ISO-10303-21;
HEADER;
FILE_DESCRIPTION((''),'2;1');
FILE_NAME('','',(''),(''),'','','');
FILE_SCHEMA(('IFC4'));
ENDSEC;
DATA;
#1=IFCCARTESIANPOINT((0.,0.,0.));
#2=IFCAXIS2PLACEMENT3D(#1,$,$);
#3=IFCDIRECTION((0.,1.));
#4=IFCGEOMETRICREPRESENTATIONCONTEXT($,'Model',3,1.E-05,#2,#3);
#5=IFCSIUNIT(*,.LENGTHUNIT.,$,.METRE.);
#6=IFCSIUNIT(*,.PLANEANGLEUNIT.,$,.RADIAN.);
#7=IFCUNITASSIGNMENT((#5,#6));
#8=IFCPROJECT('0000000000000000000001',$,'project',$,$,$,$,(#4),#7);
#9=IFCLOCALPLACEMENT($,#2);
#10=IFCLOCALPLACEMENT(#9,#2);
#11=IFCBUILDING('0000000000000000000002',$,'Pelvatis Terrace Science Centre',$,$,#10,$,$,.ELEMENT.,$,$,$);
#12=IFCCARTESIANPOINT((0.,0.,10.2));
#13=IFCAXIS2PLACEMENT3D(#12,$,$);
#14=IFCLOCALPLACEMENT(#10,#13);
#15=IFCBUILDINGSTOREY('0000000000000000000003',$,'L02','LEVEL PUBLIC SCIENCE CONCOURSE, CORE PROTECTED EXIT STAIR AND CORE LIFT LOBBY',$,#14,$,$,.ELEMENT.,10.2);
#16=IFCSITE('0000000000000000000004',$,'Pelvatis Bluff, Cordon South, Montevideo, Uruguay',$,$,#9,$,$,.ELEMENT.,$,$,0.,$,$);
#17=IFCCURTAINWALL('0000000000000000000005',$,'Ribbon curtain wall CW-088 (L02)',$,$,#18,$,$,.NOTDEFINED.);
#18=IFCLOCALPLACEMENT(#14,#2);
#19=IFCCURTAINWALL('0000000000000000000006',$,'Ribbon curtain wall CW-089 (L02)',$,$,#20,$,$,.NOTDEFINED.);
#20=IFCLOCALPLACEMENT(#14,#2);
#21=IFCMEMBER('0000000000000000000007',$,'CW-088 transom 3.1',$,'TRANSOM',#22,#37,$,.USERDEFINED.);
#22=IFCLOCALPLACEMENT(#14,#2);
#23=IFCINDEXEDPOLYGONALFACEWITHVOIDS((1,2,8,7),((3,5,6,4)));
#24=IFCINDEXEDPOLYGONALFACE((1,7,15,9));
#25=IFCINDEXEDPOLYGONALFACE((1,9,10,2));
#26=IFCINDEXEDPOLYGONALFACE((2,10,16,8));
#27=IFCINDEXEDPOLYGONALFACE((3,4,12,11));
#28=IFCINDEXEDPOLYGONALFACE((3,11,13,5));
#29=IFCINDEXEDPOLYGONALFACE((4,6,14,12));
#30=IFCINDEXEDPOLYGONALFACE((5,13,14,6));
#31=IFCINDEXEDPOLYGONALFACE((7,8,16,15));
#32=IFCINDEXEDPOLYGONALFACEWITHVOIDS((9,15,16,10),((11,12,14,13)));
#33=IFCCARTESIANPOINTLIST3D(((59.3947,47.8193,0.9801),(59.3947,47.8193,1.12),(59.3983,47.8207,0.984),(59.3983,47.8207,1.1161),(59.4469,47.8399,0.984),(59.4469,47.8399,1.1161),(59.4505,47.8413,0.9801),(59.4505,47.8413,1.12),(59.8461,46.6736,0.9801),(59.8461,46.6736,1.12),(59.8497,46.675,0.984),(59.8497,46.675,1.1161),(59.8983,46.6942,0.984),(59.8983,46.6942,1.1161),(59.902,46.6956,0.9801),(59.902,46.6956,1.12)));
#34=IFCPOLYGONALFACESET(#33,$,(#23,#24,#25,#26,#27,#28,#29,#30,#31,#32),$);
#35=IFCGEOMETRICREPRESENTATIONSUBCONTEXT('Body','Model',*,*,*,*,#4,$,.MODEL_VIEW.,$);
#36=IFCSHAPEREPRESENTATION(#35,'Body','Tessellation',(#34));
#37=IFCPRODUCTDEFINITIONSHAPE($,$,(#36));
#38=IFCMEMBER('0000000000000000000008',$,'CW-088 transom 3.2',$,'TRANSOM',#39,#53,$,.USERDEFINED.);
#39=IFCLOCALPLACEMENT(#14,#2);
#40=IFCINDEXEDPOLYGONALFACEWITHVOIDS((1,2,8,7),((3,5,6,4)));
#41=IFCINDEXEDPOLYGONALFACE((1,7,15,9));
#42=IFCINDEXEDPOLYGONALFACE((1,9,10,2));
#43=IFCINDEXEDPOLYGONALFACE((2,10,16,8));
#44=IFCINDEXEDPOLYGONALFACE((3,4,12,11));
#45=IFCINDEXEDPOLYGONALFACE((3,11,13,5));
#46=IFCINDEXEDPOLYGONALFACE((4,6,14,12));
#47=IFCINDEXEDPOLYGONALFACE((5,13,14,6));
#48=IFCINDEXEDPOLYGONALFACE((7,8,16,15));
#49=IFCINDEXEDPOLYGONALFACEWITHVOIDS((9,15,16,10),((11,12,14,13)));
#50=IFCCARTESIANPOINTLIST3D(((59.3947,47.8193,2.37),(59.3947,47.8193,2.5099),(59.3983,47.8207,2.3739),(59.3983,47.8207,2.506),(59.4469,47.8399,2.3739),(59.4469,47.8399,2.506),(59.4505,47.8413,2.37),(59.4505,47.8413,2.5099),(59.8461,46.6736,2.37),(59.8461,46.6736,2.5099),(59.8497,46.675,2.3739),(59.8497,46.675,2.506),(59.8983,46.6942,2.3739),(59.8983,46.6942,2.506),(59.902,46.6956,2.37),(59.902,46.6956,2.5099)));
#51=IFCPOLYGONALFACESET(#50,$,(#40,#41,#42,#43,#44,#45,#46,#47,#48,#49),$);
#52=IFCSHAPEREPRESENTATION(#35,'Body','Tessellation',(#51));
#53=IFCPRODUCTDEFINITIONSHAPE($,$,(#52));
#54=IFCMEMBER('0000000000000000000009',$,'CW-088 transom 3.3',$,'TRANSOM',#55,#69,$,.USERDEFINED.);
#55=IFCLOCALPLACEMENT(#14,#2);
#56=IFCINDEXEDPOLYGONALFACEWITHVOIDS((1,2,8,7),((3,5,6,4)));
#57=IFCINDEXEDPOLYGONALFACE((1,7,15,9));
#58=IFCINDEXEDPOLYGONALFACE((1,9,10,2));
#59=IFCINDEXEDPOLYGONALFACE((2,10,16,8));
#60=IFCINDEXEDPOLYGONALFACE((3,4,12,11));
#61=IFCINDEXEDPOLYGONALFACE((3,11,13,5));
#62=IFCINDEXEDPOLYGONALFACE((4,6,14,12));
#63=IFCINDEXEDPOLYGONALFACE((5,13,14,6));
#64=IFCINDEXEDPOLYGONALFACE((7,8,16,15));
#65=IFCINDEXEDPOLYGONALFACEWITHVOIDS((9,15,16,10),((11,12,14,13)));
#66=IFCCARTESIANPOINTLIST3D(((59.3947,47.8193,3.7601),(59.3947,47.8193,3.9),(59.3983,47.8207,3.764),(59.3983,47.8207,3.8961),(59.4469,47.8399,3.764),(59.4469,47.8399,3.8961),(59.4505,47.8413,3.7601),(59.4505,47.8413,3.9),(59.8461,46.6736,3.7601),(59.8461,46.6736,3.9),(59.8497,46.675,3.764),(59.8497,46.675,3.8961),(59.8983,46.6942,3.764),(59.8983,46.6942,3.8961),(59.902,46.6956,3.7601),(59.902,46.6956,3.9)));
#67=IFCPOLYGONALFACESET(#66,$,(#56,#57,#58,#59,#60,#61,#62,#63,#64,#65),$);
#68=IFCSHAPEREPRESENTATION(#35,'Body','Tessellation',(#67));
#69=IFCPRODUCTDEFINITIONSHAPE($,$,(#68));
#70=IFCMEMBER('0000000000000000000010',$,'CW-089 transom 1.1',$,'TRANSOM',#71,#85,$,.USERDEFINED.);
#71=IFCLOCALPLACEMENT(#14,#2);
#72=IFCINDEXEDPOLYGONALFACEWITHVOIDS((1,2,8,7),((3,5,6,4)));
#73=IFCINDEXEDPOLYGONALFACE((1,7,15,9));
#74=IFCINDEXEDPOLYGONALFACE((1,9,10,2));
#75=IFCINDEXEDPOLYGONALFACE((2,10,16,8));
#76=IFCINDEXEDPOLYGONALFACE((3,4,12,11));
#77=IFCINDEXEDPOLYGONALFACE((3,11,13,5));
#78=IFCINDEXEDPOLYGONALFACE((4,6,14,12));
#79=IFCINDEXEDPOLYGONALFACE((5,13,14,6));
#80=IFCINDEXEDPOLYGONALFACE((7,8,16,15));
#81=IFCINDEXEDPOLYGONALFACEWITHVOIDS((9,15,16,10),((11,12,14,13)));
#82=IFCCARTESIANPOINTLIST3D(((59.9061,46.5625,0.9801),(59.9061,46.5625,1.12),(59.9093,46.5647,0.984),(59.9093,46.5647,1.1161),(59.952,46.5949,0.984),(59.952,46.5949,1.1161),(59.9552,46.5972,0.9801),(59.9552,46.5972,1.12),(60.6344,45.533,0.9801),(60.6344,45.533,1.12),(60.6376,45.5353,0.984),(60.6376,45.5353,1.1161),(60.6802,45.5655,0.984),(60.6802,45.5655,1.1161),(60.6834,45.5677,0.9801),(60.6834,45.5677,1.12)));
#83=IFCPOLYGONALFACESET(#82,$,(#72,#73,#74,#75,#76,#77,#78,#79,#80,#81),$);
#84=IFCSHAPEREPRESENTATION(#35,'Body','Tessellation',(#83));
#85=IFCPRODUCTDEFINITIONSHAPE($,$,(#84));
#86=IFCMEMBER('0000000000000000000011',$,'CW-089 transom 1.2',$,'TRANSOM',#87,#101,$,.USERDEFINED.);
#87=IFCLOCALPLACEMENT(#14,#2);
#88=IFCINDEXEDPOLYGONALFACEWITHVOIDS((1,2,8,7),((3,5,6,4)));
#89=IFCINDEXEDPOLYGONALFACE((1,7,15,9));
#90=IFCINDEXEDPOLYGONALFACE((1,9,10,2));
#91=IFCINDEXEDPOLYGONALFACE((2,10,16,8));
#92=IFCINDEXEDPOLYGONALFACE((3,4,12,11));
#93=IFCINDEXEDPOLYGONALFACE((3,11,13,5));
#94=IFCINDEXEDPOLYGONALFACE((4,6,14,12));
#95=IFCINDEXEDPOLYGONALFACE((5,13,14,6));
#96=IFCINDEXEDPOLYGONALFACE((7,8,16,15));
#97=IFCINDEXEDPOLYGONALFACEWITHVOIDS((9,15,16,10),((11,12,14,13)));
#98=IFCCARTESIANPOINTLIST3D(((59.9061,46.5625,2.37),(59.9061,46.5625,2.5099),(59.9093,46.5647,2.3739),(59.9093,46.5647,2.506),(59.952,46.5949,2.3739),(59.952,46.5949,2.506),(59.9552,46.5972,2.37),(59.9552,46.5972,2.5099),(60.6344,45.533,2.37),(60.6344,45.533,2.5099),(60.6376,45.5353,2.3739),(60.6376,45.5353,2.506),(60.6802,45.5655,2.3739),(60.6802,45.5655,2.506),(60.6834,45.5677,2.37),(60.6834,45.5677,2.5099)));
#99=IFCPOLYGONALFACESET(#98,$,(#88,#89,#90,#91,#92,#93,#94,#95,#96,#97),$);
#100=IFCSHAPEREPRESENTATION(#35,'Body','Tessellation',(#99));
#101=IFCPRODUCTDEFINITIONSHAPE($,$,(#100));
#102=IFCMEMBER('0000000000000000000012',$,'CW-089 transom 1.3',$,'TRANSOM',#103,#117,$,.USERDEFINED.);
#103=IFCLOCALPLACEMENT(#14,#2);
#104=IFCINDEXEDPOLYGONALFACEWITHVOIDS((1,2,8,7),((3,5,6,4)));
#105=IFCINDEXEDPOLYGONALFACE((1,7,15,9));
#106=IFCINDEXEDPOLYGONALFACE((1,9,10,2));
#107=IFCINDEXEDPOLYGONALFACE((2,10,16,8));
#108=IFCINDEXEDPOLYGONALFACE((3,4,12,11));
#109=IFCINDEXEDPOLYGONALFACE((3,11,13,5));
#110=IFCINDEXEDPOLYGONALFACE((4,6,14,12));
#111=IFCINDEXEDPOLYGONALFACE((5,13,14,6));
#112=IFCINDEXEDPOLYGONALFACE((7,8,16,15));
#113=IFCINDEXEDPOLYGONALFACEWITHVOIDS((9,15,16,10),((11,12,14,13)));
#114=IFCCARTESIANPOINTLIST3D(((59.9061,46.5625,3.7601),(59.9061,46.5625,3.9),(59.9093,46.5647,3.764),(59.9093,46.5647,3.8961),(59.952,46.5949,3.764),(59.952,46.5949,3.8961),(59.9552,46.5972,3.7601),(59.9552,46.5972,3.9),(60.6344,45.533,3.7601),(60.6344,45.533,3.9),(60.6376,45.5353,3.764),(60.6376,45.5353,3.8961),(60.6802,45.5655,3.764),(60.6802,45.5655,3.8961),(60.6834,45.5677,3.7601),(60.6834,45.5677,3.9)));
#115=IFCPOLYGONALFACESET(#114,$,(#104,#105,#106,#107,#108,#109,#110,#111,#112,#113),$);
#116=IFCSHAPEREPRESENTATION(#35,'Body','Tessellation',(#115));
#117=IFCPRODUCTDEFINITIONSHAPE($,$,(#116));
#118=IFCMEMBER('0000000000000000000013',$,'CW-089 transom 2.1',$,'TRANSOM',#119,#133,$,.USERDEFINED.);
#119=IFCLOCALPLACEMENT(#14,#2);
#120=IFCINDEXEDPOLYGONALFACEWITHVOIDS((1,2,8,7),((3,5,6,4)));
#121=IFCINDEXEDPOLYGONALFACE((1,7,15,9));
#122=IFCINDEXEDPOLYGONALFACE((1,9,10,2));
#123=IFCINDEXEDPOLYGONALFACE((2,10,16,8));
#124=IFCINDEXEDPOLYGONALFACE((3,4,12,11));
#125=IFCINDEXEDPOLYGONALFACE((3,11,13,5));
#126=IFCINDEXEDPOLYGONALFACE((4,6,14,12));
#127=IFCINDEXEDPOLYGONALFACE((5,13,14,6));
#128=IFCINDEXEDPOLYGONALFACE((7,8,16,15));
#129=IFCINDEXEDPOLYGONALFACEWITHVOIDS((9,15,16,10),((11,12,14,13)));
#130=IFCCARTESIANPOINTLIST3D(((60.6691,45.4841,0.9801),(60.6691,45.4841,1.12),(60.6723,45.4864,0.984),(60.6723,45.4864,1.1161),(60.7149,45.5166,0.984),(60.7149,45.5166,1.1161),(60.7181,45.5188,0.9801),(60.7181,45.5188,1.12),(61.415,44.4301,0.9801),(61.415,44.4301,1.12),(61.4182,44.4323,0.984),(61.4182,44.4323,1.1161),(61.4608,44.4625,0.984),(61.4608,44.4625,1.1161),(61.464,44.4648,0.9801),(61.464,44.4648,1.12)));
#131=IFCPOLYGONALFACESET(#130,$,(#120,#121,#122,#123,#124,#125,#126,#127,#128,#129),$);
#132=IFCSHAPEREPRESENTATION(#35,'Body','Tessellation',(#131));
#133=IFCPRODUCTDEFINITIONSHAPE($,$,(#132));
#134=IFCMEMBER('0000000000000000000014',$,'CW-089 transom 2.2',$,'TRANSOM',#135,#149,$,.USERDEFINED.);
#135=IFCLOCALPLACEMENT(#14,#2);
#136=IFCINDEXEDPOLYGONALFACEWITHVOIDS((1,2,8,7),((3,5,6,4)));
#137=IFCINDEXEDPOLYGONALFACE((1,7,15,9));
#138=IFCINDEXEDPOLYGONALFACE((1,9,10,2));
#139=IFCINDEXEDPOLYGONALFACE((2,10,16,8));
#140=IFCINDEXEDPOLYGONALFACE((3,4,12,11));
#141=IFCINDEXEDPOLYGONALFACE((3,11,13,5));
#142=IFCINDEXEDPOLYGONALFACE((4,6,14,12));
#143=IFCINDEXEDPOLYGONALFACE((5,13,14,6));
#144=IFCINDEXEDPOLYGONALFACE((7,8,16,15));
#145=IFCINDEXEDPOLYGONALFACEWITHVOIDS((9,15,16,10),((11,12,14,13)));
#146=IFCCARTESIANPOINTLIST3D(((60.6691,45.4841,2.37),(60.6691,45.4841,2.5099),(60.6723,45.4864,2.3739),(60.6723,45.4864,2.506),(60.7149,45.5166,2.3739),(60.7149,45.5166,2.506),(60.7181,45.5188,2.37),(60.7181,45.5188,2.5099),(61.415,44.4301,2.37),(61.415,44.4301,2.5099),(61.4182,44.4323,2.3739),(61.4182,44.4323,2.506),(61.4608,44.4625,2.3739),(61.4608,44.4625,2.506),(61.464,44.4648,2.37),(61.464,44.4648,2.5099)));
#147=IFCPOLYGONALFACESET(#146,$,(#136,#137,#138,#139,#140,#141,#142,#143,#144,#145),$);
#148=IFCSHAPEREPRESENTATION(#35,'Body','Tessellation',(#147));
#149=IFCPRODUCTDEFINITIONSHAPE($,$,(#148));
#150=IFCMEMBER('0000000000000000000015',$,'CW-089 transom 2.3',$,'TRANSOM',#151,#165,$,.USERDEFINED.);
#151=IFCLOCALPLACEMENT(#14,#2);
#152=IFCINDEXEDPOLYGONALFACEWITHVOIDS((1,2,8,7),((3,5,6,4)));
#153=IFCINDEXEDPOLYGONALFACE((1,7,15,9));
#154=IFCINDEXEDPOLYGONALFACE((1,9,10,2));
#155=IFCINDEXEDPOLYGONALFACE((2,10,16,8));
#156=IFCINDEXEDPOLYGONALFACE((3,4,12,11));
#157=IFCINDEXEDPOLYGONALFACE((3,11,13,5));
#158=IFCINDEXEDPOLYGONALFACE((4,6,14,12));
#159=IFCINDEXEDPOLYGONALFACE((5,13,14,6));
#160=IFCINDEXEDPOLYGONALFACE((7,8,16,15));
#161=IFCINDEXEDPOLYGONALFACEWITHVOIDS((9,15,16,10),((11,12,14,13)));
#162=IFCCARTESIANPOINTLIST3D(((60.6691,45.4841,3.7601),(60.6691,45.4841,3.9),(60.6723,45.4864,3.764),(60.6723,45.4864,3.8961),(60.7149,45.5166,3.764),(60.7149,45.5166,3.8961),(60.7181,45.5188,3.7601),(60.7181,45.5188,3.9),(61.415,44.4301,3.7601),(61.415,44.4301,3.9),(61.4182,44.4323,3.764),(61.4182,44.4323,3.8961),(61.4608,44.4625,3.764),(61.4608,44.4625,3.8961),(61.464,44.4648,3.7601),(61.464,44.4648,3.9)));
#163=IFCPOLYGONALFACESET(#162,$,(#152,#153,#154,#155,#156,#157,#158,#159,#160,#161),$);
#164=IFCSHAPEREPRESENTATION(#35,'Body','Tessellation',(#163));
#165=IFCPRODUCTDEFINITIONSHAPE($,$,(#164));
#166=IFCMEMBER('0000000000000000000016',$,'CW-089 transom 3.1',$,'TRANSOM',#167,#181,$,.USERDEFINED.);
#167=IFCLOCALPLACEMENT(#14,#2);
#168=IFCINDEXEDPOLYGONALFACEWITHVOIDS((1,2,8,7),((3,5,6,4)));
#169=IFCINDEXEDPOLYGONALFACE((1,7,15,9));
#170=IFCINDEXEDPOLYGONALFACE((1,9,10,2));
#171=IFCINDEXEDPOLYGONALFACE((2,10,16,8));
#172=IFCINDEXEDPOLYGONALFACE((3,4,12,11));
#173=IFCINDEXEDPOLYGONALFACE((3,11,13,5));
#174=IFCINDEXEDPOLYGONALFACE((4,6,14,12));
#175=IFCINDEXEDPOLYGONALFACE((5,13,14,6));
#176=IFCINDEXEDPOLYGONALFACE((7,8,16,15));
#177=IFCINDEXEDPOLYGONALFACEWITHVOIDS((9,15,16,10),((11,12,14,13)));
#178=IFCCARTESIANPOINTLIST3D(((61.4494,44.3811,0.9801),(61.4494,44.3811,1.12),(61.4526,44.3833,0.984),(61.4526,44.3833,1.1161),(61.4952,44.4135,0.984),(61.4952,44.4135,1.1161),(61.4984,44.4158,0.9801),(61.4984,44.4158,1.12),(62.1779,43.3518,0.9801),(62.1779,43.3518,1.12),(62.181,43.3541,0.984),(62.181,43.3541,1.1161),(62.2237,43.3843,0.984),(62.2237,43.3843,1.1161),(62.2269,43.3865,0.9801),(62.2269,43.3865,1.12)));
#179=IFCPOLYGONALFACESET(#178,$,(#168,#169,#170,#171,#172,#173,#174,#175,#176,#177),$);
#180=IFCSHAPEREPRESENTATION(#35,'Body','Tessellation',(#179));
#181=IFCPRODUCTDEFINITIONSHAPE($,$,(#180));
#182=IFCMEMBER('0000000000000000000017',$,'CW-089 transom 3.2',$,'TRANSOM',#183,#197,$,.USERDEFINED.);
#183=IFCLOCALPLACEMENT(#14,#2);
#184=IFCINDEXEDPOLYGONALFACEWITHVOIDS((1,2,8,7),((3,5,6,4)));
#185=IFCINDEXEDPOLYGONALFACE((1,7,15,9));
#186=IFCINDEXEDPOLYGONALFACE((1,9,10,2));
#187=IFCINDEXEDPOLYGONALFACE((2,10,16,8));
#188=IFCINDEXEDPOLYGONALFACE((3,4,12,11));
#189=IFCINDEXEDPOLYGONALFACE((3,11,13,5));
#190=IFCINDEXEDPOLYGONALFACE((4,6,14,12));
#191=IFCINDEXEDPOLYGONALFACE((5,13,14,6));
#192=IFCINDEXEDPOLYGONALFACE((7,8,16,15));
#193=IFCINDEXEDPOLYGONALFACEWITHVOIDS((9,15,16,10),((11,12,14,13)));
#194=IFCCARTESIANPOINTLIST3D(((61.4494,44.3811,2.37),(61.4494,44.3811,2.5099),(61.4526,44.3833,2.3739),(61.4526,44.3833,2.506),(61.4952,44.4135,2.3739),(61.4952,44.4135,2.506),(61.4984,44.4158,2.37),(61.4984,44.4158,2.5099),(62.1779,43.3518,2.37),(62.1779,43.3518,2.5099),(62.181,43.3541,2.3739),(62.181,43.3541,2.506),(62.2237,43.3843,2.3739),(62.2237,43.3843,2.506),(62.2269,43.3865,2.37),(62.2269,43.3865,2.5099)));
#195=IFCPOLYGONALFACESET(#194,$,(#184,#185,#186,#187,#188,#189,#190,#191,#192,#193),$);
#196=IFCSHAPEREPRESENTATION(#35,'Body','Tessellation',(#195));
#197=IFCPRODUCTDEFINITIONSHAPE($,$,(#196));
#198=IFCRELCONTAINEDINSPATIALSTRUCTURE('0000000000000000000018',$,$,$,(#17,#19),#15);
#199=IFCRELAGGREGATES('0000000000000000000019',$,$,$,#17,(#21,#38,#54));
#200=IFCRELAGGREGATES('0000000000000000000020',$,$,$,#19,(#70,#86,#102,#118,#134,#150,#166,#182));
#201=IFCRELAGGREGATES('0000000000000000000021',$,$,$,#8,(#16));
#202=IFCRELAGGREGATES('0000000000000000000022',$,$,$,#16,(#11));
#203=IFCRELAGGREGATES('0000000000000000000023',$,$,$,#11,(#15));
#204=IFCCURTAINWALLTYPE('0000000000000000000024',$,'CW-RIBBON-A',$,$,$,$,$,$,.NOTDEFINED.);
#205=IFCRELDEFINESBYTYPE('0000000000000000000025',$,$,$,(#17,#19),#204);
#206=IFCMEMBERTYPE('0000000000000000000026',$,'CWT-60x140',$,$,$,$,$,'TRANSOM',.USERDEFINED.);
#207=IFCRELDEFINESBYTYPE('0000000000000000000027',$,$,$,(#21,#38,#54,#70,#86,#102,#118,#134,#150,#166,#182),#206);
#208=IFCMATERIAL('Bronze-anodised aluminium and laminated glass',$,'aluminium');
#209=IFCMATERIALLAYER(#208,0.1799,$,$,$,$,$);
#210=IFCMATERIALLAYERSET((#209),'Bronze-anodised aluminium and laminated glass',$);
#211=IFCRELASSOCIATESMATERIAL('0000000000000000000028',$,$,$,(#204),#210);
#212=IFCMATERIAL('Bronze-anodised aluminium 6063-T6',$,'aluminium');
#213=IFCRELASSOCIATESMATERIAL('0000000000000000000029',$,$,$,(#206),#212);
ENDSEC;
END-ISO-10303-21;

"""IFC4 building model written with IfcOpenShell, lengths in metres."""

from ifc_helpers import new_model, si_unit, direction, frame, origin, origin_2d, place, context, subcontext, project, spatial, hollow_rectangle, extrude, material, layer, layer_set, material_profile, profile_set, type_object, element, aggregate, save


model = new_model("IFC4")

# Units and contexts
model_context = context("Model", 3, precision=1e-05, world=origin(), true_north=direction((0.0, 1.0)))
body_context = subcontext(model_context, "Body", "Model", "MODEL_VIEW")
ifc_project = project(units=[si_unit("LENGTHUNIT", "METRE"), si_unit("PLANEANGLEUNIT", "RADIAN")], contexts=[model_context])

# Site, building, storey
site_placement = place(None, origin())
site = spatial("IfcSite", under=ifc_project, at=site_placement, Name="Pelvatis Bluff, Cordon South, Montevideo, Uruguay", CompositionType="ELEMENT", RefElevation=0.0)
building_placement = place(site_placement, origin())
building = spatial("IfcBuilding", under=site, at=building_placement, Name="Pelvatis Terrace Science Centre", CompositionType="ELEMENT")
storey_placement = place(building_placement, frame((0.0, 0.0, 10.2)))
storey = spatial("IfcBuildingStorey", under=building, at=storey_placement, Name="L02", Description="LEVEL PUBLIC SCIENCE CONCOURSE, CORE PROTECTED EXIT STAIR AND CORE LIFT LOBBY", CompositionType="ELEMENT", Elevation=10.2)

# Curtain walls
ifc_material_1 = material(Name="Bronze-anodised aluminium and laminated glass", Category="aluminium")
ifc_layer_1 = layer(ifc_material_1, 0.1799)
ifc_layer_set_1 = layer_set([ifc_layer_1], Name="Bronze-anodised aluminium and laminated glass")
curtain_wall_type = type_object("IfcCurtainWallType", Name="CW-RIBBON-A", PredefinedType="NOTDEFINED", material=ifc_layer_set_1)
curtain_wall_1_placement = place(storey_placement, origin())
curtain_wall_1 = element("IfcCurtainWall", 1, at=curtain_wall_1_placement, inside=storey, type_object=curtain_wall_type, Name="Ribbon curtain wall CW-088 (L02)", PredefinedType="NOTDEFINED")
curtain_wall_2_placement = place(storey_placement, origin())
curtain_wall_2 = element("IfcCurtainWall", 2, at=curtain_wall_2_placement, inside=storey, type_object=curtain_wall_type, Name="Ribbon curtain wall CW-089 (L02)", PredefinedType="NOTDEFINED")

# Members
ifc_material_2 = material(Name="Bronze-anodised aluminium 6063-T6", Category="aluminium")
ifc_material_profile_1 = material_profile(ifc_material_2, hollow_rectangle(XDim=0.0601, YDim=0.1399, WallThickness=0.0039, at=origin_2d()), Name="ALU-TRN 60x140")
ifc_profile_set_1 = profile_set([ifc_material_profile_1], Name="Bronze-anodised aluminium 6063-T6")
member_type_1 = type_object("IfcMemberType", Name="CWT-60x140", ElementType="TRANSOM", PredefinedType="USERDEFINED", material=ifc_profile_set_1)
member_1_placement = place(storey_placement, frame((59.4226, 47.8303, 1.05), z_axis=(0.366566, -0.930392, 0.0), x_axis=(0.930392, 0.366566, 0.0)))
member_1 = element("IfcMember", 3, at=member_1_placement, type_object=member_type_1, Name="CW-088 transom 3.1", ObjectType="TRANSOM", PredefinedType="USERDEFINED", context=body_context, shape_type="SweptSolid", body=[
    extrude(hollow_rectangle(XDim=0.0601, YDim=0.1399, WallThickness=0.0039, at=origin_2d()), origin(), (0.0, 0.0, 1.0), 1.2314),
])
member_2_placement = place(storey_placement, frame((59.4226, 47.8303, 2.4399), z_axis=(0.366566, -0.930392, 0.0), x_axis=(0.930392, 0.366566, 0.0)))
member_2 = element("IfcMember", 4, at=member_2_placement, type_object=member_type_1, Name="CW-088 transom 3.2", ObjectType="TRANSOM", PredefinedType="USERDEFINED", context=body_context, shape_type="SweptSolid", body=[
    extrude(hollow_rectangle(XDim=0.0601, YDim=0.1399, WallThickness=0.0039, at=origin_2d()), origin(), (0.0, 0.0, 1.0), 1.2314),
])
member_3_placement = place(storey_placement, frame((59.4226, 47.8303, 3.8301), z_axis=(0.366566, -0.930392, 0.0), x_axis=(0.930392, 0.366566, 0.0)))
member_3 = element("IfcMember", 5, at=member_3_placement, type_object=member_type_1, Name="CW-088 transom 3.3", ObjectType="TRANSOM", PredefinedType="USERDEFINED", context=body_context, shape_type="SweptSolid", body=[
    extrude(hollow_rectangle(XDim=0.0601, YDim=0.1399, WallThickness=0.0039, at=origin_2d()), origin(), (0.0, 0.0, 1.0), 1.2314),
])
member_4_placement = place(storey_placement, frame((59.9307, 46.5798, 1.05), z_axis=(0.577496, -0.816393, 0.0), x_axis=(0.816393, 0.577496, 0.0)))
member_4 = element("IfcMember", 6, at=member_4_placement, type_object=member_type_1, Name="CW-089 transom 1.1", ObjectType="TRANSOM", PredefinedType="USERDEFINED", context=body_context, shape_type="SweptSolid", body=[
    extrude(hollow_rectangle(XDim=0.0601, YDim=0.1399, WallThickness=0.0039, at=origin_2d()), origin(), (0.0, 0.0, 1.0), 1.261),
])
member_5_placement = place(storey_placement, frame((59.9307, 46.5798, 2.4399), z_axis=(0.577496, -0.816393, 0.0), x_axis=(0.816393, 0.577496, 0.0)))
member_5 = element("IfcMember", 7, at=member_5_placement, type_object=member_type_1, Name="CW-089 transom 1.2", ObjectType="TRANSOM", PredefinedType="USERDEFINED", context=body_context, shape_type="SweptSolid", body=[
    extrude(hollow_rectangle(XDim=0.0601, YDim=0.1399, WallThickness=0.0039, at=origin_2d()), origin(), (0.0, 0.0, 1.0), 1.261),
])
member_6_placement = place(storey_placement, frame((59.9307, 46.5798, 3.8301), z_axis=(0.577496, -0.816393, 0.0), x_axis=(0.816393, 0.577496, 0.0)))
member_6 = element("IfcMember", 8, at=member_6_placement, type_object=member_type_1, Name="CW-089 transom 1.3", ObjectType="TRANSOM", PredefinedType="USERDEFINED", context=body_context, shape_type="SweptSolid", body=[
    extrude(hollow_rectangle(XDim=0.0601, YDim=0.1399, WallThickness=0.0039, at=origin_2d()), origin(), (0.0, 0.0, 1.0), 1.261),
])
member_7_placement = place(storey_placement, frame((60.6936, 45.5015, 1.05), z_axis=(0.577655, -0.816281, 0.0), x_axis=(0.816281, 0.577655, 0.0)))
member_7 = element("IfcMember", 9, at=member_7_placement, type_object=member_type_1, Name="CW-089 transom 2.1", ObjectType="TRANSOM", PredefinedType="USERDEFINED", context=body_context, shape_type="SweptSolid", body=[
    extrude(hollow_rectangle(XDim=0.0601, YDim=0.1399, WallThickness=0.0039, at=origin_2d()), origin(), (0.0, 0.0, 1.0), 1.2913),
])
member_8_placement = place(storey_placement, frame((60.6936, 45.5015, 2.4399), z_axis=(0.577655, -0.816281, 0.0), x_axis=(0.816281, 0.577655, 0.0)))
member_8 = element("IfcMember", 10, at=member_8_placement, type_object=member_type_1, Name="CW-089 transom 2.2", ObjectType="TRANSOM", PredefinedType="USERDEFINED", context=body_context, shape_type="SweptSolid", body=[
    extrude(hollow_rectangle(XDim=0.0601, YDim=0.1399, WallThickness=0.0039, at=origin_2d()), origin(), (0.0, 0.0, 1.0), 1.2913),
])
member_9_placement = place(storey_placement, frame((60.6936, 45.5015, 3.8301), z_axis=(0.577655, -0.816281, 0.0), x_axis=(0.816281, 0.577655, 0.0)))
member_9 = element("IfcMember", 11, at=member_9_placement, type_object=member_type_1, Name="CW-089 transom 2.3", ObjectType="TRANSOM", PredefinedType="USERDEFINED", context=body_context, shape_type="SweptSolid", body=[
    extrude(hollow_rectangle(XDim=0.0601, YDim=0.1399, WallThickness=0.0039, at=origin_2d()), origin(), (0.0, 0.0, 1.0), 1.2913),
])
member_10_placement = place(storey_placement, frame((61.4739, 44.3984, 1.05), z_axis=(0.577716, -0.816238, 0.0), x_axis=(0.816238, 0.577716, 0.0)))
member_10 = element("IfcMember", 12, at=member_10_placement, type_object=member_type_1, Name="CW-089 transom 3.1", ObjectType="TRANSOM", PredefinedType="USERDEFINED", context=body_context, shape_type="SweptSolid", body=[
    extrude(hollow_rectangle(XDim=0.0601, YDim=0.1399, WallThickness=0.0039, at=origin_2d()), origin(), (0.0, 0.0, 1.0), 1.261),
])
member_11_placement = place(storey_placement, frame((61.4739, 44.3984, 2.4399), z_axis=(0.577716, -0.816238, 0.0), x_axis=(0.816238, 0.577716, 0.0)))
member_11 = element("IfcMember", 13, at=member_11_placement, type_object=member_type_1, Name="CW-089 transom 3.2", ObjectType="TRANSOM", PredefinedType="USERDEFINED", context=body_context, shape_type="SweptSolid", body=[
    extrude(hollow_rectangle(XDim=0.0601, YDim=0.1399, WallThickness=0.0039, at=origin_2d()), origin(), (0.0, 0.0, 1.0), 1.261),
])

aggregate(curtain_wall_1, [member_1, member_2, member_3])
aggregate(curtain_wall_2, [member_4, member_5, member_6, member_7, member_8, member_9, member_10, member_11])

save(model, "model.ifc")
